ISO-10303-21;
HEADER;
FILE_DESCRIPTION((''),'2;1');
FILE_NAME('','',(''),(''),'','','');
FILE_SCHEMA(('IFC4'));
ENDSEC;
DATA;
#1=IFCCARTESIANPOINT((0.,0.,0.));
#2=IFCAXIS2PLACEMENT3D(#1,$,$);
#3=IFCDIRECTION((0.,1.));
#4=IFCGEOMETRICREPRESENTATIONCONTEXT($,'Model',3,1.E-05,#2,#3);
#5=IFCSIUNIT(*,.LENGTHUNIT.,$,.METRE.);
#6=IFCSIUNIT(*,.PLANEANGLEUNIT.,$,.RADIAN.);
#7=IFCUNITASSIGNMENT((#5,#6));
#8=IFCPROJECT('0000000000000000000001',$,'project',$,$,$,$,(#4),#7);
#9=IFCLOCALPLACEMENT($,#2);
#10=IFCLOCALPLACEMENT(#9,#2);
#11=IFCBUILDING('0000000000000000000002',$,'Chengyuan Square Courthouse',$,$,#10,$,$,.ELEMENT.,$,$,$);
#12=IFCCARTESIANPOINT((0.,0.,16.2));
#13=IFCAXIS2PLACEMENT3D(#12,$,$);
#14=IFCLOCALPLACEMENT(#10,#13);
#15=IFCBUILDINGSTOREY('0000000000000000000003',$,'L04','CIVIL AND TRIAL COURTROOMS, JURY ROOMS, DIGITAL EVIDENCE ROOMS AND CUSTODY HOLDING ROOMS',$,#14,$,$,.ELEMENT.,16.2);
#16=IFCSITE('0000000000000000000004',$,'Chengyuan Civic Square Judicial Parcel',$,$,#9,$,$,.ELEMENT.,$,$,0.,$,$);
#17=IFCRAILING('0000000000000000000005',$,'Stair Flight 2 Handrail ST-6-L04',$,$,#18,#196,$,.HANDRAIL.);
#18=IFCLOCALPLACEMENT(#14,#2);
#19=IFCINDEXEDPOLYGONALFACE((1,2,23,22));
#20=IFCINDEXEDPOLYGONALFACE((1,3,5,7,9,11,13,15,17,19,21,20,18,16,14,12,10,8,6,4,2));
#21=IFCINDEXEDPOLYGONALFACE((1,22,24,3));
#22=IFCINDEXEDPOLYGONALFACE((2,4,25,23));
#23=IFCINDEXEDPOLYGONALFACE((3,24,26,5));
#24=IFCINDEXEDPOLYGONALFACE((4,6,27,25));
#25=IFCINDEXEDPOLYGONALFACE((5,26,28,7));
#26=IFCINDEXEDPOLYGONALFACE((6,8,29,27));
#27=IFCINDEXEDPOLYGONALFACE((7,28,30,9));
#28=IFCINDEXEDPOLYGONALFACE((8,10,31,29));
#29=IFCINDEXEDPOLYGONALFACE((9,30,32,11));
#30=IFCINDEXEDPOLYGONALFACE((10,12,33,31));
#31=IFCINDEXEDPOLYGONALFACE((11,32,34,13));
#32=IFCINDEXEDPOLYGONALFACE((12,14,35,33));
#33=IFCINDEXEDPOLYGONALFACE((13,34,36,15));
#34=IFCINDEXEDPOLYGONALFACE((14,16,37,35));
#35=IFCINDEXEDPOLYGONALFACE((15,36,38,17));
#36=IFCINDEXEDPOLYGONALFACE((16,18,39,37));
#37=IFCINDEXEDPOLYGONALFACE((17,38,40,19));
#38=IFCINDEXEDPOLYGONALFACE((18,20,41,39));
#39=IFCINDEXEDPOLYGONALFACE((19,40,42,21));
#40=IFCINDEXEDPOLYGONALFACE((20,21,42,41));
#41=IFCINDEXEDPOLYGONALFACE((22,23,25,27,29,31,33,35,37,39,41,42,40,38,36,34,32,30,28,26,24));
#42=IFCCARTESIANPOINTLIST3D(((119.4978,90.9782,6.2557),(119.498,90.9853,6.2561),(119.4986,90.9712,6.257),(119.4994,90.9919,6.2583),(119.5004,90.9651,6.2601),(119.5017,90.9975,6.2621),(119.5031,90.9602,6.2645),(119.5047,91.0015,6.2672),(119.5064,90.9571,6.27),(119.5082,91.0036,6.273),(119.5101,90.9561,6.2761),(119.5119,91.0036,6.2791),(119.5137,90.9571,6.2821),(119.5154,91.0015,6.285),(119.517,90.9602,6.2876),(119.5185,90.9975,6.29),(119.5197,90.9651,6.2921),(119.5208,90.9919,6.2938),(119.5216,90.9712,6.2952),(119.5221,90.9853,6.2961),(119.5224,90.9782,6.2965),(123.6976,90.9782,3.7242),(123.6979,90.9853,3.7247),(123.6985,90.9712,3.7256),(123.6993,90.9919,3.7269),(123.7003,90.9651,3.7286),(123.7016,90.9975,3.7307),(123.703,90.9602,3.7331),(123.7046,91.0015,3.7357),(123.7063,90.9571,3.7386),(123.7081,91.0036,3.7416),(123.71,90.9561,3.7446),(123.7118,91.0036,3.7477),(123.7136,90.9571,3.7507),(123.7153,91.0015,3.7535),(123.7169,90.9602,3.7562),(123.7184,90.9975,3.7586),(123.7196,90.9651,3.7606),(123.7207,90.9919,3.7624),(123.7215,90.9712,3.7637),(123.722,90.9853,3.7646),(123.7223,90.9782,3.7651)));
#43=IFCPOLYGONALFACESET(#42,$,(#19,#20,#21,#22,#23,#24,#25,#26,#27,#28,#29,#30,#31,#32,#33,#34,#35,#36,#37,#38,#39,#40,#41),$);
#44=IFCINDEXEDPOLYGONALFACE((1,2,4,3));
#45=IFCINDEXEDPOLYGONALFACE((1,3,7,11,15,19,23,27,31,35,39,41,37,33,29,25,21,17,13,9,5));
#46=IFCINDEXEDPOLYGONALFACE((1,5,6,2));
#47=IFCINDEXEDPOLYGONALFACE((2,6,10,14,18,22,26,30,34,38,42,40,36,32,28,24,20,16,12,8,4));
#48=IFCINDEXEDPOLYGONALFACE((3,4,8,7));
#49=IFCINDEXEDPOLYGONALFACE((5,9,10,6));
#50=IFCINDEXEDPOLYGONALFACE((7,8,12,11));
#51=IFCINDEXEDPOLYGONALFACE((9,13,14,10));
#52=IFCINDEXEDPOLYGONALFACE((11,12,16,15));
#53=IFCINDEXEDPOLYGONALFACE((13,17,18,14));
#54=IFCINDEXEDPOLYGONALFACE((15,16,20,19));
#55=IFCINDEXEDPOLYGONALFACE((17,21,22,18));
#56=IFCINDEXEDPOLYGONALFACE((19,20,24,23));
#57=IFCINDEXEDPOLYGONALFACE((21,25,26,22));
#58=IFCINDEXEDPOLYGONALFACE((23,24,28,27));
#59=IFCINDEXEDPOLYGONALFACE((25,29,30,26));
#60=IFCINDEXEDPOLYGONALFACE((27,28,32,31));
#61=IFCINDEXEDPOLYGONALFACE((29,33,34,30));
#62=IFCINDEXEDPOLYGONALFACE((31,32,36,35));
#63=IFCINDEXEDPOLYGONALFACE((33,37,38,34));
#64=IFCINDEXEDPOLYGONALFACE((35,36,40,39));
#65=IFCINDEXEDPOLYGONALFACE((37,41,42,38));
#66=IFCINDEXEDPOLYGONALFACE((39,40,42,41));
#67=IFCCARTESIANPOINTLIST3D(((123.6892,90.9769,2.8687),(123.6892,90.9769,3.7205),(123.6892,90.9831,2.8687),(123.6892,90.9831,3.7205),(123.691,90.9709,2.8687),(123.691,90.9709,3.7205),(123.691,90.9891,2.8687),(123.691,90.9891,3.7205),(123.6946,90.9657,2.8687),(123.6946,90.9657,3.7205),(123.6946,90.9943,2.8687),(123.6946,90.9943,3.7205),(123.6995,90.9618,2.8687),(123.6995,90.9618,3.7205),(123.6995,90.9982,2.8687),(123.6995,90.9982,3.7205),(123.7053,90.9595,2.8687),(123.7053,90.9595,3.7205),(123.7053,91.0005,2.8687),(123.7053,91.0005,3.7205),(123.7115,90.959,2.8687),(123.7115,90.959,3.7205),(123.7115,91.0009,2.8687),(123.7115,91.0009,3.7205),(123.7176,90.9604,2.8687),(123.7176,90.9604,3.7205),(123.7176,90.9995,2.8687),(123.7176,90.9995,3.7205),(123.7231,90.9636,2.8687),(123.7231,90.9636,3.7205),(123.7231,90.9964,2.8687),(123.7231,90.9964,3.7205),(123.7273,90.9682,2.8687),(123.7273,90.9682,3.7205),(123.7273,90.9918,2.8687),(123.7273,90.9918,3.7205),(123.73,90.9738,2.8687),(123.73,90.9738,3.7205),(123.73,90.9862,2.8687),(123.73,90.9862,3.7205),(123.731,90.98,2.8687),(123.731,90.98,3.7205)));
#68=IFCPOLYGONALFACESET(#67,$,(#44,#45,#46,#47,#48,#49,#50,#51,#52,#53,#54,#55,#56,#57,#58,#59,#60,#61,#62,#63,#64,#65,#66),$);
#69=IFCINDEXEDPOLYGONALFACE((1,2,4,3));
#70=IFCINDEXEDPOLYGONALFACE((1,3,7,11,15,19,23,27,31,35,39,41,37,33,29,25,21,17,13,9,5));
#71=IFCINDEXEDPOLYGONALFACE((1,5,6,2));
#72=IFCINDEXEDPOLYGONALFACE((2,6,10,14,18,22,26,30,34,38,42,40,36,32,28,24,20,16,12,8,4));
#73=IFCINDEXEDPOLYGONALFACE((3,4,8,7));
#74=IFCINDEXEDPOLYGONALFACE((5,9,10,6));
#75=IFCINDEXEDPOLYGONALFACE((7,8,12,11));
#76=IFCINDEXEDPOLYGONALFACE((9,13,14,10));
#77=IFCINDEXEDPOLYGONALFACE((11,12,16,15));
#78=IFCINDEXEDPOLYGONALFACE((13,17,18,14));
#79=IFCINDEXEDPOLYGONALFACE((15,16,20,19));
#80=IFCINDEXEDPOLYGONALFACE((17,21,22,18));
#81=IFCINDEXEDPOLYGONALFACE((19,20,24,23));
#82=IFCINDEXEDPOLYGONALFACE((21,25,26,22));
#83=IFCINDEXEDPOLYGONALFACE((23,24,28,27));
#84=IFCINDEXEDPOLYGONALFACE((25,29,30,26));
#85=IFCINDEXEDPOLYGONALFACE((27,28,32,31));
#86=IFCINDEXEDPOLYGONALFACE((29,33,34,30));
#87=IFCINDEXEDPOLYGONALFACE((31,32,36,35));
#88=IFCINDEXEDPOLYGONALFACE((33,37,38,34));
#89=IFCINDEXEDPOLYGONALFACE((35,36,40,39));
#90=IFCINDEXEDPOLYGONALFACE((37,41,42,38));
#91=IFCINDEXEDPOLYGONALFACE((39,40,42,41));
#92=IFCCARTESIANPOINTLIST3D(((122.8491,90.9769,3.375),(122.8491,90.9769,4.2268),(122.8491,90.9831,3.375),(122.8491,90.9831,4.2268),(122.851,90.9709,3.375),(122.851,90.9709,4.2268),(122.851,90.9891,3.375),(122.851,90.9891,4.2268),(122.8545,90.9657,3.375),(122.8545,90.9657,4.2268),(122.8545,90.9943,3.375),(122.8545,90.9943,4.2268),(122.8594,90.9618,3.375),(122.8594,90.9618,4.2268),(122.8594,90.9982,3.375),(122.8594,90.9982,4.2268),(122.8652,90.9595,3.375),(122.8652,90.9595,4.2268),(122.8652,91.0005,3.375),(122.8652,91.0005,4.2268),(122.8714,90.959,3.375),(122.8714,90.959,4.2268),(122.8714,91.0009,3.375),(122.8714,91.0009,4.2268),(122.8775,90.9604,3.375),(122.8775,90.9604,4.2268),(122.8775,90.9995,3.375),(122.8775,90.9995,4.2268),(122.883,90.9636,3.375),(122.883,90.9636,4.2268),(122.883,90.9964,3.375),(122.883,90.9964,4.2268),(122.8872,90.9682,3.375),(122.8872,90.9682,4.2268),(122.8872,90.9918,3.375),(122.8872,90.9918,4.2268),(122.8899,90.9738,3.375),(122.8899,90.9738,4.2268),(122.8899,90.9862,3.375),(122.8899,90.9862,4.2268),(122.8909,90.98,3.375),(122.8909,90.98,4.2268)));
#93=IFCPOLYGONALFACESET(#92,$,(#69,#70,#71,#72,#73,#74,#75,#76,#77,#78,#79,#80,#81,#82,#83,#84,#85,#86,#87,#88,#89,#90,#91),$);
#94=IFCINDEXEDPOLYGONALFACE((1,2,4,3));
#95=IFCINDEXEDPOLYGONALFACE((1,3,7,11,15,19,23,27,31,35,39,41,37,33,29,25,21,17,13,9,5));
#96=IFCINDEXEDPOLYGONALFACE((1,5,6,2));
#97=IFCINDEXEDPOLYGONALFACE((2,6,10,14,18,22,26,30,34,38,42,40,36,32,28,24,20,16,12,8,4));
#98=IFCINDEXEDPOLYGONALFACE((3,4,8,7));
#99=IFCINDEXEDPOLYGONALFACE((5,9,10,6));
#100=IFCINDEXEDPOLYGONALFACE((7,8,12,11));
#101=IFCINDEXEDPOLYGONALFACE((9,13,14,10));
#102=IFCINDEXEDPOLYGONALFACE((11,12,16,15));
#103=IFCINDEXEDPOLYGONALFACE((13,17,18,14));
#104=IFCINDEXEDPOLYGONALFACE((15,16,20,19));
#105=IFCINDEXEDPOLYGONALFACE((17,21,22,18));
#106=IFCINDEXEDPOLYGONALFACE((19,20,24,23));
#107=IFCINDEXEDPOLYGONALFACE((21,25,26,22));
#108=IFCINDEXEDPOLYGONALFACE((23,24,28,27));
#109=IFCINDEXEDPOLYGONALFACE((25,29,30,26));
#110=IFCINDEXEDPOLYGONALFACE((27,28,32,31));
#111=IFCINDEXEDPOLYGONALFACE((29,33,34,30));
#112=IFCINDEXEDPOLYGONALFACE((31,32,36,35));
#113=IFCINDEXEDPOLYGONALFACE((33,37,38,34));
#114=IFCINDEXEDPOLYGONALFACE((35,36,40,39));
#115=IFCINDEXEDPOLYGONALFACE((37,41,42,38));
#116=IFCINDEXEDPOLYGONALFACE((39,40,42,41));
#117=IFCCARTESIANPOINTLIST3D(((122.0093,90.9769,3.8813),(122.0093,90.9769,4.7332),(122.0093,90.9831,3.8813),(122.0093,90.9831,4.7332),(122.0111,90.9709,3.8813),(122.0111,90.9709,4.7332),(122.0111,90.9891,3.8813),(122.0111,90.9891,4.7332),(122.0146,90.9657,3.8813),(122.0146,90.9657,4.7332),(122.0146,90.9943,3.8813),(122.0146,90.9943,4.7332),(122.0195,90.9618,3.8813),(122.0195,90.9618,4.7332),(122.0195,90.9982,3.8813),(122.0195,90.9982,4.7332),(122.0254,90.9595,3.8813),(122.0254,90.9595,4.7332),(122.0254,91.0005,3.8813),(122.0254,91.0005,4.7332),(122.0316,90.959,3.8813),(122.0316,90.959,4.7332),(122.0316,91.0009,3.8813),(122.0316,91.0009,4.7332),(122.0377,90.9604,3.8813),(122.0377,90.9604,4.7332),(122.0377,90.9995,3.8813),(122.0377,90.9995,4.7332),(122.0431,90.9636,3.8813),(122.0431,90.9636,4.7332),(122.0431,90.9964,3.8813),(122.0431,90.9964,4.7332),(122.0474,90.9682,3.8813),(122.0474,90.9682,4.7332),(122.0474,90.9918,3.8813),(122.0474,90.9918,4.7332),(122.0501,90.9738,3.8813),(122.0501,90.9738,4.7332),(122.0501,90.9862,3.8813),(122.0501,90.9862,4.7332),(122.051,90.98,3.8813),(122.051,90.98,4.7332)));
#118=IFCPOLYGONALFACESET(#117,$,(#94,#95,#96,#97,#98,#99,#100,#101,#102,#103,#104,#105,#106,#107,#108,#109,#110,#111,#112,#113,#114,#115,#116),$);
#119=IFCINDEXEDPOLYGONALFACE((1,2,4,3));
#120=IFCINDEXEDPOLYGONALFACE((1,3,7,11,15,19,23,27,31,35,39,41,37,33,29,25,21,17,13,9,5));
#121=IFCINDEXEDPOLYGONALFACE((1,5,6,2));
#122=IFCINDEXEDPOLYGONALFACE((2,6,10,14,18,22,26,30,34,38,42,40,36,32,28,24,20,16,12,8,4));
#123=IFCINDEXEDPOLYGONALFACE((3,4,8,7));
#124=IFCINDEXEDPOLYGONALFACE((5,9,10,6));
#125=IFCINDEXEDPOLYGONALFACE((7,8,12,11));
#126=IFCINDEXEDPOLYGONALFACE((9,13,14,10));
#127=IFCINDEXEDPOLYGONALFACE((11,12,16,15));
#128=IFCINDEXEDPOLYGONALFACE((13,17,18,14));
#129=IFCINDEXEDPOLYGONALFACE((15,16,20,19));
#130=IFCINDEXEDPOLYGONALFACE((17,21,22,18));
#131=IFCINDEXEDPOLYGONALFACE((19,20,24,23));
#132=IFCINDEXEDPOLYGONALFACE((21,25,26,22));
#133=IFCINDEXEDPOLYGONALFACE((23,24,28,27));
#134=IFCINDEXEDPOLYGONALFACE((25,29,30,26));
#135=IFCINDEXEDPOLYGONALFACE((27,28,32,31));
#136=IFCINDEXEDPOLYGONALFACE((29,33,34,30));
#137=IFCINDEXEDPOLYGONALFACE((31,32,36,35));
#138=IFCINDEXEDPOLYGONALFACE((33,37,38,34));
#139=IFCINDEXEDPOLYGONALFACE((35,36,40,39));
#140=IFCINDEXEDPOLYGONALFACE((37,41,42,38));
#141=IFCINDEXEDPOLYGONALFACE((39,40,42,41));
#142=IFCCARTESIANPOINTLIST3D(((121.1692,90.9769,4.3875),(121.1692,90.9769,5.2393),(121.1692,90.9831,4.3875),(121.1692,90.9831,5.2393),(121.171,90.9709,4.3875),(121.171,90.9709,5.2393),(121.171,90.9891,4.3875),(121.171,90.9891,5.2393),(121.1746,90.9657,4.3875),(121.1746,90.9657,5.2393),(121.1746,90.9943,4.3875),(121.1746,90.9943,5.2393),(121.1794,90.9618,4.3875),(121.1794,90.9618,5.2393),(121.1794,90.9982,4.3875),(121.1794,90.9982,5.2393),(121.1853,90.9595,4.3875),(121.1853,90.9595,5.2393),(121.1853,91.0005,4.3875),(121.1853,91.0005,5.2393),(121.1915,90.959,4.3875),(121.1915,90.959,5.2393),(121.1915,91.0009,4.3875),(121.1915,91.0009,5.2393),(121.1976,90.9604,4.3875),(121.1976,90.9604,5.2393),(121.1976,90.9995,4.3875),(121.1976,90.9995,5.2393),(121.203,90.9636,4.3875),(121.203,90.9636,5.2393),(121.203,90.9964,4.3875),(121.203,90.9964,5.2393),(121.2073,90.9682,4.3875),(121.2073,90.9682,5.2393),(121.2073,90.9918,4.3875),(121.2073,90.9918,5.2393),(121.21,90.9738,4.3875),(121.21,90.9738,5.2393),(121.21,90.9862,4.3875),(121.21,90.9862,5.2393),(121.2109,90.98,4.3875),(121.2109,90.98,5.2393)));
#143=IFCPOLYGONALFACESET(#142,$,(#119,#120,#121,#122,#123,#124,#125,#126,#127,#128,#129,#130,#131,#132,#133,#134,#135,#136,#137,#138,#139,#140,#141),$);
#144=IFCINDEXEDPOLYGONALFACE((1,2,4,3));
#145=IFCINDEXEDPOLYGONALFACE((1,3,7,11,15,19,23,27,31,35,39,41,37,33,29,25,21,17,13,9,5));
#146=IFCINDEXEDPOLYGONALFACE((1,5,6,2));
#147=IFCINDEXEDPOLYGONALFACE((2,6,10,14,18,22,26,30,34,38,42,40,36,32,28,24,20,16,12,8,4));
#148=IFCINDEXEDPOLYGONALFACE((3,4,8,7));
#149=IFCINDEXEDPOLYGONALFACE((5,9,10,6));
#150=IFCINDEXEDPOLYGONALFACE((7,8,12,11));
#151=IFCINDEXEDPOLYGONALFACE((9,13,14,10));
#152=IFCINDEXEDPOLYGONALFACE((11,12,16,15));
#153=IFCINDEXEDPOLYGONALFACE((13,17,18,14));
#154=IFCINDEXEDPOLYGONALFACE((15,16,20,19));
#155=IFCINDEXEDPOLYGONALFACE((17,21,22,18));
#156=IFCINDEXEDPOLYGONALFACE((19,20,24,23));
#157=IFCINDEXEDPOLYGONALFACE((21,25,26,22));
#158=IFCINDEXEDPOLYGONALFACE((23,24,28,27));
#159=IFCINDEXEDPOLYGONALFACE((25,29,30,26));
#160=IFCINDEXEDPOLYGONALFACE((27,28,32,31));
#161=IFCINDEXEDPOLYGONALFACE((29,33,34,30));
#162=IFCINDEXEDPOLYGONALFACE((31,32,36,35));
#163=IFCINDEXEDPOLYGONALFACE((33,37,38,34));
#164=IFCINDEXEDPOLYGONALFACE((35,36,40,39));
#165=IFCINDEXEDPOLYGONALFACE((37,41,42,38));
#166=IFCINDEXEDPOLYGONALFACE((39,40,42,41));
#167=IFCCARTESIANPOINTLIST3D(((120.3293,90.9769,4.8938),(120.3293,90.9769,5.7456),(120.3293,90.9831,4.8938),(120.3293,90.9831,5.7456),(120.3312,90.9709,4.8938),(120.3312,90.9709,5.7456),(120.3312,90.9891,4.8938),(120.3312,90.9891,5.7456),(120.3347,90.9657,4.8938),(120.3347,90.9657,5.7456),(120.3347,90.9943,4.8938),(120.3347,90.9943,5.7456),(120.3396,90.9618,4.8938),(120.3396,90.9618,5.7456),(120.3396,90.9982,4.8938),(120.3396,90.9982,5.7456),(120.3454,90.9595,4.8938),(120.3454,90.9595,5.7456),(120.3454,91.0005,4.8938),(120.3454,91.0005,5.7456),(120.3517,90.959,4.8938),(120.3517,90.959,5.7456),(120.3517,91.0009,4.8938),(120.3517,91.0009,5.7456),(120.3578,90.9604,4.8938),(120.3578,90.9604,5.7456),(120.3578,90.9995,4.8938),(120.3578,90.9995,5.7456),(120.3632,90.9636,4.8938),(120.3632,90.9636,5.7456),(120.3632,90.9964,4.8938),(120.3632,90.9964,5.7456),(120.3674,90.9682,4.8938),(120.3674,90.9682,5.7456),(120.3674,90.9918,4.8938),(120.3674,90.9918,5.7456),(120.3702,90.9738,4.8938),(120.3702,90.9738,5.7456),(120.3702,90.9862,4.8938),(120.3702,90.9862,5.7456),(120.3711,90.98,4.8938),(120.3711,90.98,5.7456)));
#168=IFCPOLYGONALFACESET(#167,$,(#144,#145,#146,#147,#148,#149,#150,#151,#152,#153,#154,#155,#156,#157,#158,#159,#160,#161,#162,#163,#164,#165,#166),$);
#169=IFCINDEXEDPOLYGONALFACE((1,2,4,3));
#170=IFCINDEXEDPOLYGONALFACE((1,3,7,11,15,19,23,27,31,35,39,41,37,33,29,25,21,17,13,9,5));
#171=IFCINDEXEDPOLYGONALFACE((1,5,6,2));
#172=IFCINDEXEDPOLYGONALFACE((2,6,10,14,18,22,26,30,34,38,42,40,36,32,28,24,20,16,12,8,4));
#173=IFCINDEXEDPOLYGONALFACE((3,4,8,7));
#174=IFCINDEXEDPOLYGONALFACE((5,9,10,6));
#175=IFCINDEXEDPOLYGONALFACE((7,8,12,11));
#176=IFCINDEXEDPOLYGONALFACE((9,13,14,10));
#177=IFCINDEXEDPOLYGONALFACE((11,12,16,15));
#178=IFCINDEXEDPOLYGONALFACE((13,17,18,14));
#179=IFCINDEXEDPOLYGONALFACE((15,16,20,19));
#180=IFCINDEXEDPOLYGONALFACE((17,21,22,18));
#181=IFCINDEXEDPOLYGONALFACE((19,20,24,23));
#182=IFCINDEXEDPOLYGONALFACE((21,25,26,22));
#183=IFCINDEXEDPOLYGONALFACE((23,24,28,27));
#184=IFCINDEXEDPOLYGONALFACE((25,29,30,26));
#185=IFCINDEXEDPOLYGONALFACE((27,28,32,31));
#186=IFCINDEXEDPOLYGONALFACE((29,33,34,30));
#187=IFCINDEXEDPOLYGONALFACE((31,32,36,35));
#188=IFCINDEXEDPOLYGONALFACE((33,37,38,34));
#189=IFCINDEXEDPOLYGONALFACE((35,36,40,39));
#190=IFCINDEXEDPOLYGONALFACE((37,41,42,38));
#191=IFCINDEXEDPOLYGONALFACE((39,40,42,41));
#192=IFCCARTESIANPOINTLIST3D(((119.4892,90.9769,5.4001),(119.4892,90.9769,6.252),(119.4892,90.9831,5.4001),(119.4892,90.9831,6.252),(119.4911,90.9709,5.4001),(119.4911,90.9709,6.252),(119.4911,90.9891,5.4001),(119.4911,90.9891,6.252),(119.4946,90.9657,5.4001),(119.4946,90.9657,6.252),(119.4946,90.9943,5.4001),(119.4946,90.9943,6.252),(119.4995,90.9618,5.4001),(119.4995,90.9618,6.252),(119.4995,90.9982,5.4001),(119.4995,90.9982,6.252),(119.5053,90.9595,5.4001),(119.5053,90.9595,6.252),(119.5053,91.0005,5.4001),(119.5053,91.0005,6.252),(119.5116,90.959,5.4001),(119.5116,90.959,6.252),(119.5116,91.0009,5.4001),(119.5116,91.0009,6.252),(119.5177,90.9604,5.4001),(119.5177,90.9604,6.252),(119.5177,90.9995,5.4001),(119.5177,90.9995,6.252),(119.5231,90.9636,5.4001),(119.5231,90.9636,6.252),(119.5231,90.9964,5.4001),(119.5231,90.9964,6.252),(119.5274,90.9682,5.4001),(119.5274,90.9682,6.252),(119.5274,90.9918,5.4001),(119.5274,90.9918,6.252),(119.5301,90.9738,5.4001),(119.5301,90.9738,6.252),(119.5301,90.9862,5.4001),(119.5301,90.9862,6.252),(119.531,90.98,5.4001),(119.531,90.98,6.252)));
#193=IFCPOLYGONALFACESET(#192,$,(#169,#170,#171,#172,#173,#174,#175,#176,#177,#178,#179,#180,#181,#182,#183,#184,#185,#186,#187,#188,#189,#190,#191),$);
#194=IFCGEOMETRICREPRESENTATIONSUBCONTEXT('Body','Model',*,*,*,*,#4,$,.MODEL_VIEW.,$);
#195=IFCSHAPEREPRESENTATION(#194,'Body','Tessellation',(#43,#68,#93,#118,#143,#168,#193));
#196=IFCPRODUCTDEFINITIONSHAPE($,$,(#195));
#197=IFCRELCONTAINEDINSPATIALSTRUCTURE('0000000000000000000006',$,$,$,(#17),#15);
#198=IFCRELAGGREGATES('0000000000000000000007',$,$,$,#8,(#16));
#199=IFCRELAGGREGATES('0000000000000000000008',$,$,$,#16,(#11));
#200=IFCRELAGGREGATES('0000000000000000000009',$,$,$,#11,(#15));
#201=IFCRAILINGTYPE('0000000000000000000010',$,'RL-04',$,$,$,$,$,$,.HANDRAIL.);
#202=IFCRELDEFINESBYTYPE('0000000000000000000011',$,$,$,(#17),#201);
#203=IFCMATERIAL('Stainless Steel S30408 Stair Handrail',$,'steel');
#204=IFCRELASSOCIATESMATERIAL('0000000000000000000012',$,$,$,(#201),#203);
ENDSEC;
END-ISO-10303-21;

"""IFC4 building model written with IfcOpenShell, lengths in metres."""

from ifc_helpers import new_model, si_unit, direction, frame, origin, origin_2d, place, context, subcontext, project, spatial, circle, extrude, material, type_object, element, save


model = new_model("IFC4")

# Units and contexts
model_context = context("Model", 3, precision=1e-05, world=origin(), true_north=direction((0.0, 1.0)))
body_context = subcontext(model_context, "Body", "Model", "MODEL_VIEW")
ifc_project = project(units=[si_unit("LENGTHUNIT", "METRE"), si_unit("PLANEANGLEUNIT", "RADIAN")], contexts=[model_context])

# Site, building, storey
site_placement = place(None, origin())
site = spatial("IfcSite", under=ifc_project, at=site_placement, Name="Chengyuan Civic Square Judicial Parcel", CompositionType="ELEMENT", RefElevation=0.0)
building_placement = place(site_placement, origin())
building = spatial("IfcBuilding", under=site, at=building_placement, Name="Chengyuan Square Courthouse", CompositionType="ELEMENT")
storey_placement = place(building_placement, frame((0.0, 0.0, 16.2)))
storey = spatial("IfcBuildingStorey", under=building, at=storey_placement, Name="L04", Description="CIVIL AND TRIAL COURTROOMS, JURY ROOMS, DIGITAL EVIDENCE ROOMS AND CUSTODY HOLDING ROOMS", CompositionType="ELEMENT", Elevation=16.2)

# Railing
ifc_material_1 = material(Name="Stainless Steel S30408 Stair Handrail", Category="steel")
railing_type_1 = type_object("IfcRailingType", Name="RL-04", PredefinedType="HANDRAIL", material=ifc_material_1)
railing_1_placement = place(storey_placement, frame((123.71, 90.98, 2.8687)))
element("IfcRailing", 1, at=railing_1_placement, inside=storey, type_object=railing_type_1, Name="Stair Flight 2 Handrail ST-6-L04", PredefinedType="HANDRAIL", context=body_context, shape_type="SweptSolid", body=[
    extrude(circle(Radius=0.0239, at=origin_2d()), frame((0.0, 0.0, 0.876), z_axis=(-0.856454, 0.0, 0.516223), x_axis=(0.0, -1.0, 0.0)), (0.0, 0.0, 1.0), 4.9038),
    extrude(circle(Radius=0.021, at=origin_2d()), origin(), (0.0, 0.0, 1.0), 0.8518),
    extrude(circle(Radius=0.021, at=origin_2d()), frame((-0.8401, 0.0, 0.5063)), (0.0, 0.0, 1.0), 0.8518),
    extrude(circle(Radius=0.021, at=origin_2d()), frame((-1.6799, 0.0, 1.0127)), (0.0, 0.0, 1.0), 0.8518),
    extrude(circle(Radius=0.021, at=origin_2d()), frame((-2.52, 0.0, 1.5188)), (0.0, 0.0, 1.0), 0.8518),
    extrude(circle(Radius=0.021, at=origin_2d()), frame((-3.3599, 0.0, 2.0251)), (0.0, 0.0, 1.0), 0.8518),
    extrude(circle(Radius=0.021, at=origin_2d()), frame((-4.2, 0.0, 2.5315)), (0.0, 0.0, 1.0), 0.8518),
])

save(model, "model.ifc")
